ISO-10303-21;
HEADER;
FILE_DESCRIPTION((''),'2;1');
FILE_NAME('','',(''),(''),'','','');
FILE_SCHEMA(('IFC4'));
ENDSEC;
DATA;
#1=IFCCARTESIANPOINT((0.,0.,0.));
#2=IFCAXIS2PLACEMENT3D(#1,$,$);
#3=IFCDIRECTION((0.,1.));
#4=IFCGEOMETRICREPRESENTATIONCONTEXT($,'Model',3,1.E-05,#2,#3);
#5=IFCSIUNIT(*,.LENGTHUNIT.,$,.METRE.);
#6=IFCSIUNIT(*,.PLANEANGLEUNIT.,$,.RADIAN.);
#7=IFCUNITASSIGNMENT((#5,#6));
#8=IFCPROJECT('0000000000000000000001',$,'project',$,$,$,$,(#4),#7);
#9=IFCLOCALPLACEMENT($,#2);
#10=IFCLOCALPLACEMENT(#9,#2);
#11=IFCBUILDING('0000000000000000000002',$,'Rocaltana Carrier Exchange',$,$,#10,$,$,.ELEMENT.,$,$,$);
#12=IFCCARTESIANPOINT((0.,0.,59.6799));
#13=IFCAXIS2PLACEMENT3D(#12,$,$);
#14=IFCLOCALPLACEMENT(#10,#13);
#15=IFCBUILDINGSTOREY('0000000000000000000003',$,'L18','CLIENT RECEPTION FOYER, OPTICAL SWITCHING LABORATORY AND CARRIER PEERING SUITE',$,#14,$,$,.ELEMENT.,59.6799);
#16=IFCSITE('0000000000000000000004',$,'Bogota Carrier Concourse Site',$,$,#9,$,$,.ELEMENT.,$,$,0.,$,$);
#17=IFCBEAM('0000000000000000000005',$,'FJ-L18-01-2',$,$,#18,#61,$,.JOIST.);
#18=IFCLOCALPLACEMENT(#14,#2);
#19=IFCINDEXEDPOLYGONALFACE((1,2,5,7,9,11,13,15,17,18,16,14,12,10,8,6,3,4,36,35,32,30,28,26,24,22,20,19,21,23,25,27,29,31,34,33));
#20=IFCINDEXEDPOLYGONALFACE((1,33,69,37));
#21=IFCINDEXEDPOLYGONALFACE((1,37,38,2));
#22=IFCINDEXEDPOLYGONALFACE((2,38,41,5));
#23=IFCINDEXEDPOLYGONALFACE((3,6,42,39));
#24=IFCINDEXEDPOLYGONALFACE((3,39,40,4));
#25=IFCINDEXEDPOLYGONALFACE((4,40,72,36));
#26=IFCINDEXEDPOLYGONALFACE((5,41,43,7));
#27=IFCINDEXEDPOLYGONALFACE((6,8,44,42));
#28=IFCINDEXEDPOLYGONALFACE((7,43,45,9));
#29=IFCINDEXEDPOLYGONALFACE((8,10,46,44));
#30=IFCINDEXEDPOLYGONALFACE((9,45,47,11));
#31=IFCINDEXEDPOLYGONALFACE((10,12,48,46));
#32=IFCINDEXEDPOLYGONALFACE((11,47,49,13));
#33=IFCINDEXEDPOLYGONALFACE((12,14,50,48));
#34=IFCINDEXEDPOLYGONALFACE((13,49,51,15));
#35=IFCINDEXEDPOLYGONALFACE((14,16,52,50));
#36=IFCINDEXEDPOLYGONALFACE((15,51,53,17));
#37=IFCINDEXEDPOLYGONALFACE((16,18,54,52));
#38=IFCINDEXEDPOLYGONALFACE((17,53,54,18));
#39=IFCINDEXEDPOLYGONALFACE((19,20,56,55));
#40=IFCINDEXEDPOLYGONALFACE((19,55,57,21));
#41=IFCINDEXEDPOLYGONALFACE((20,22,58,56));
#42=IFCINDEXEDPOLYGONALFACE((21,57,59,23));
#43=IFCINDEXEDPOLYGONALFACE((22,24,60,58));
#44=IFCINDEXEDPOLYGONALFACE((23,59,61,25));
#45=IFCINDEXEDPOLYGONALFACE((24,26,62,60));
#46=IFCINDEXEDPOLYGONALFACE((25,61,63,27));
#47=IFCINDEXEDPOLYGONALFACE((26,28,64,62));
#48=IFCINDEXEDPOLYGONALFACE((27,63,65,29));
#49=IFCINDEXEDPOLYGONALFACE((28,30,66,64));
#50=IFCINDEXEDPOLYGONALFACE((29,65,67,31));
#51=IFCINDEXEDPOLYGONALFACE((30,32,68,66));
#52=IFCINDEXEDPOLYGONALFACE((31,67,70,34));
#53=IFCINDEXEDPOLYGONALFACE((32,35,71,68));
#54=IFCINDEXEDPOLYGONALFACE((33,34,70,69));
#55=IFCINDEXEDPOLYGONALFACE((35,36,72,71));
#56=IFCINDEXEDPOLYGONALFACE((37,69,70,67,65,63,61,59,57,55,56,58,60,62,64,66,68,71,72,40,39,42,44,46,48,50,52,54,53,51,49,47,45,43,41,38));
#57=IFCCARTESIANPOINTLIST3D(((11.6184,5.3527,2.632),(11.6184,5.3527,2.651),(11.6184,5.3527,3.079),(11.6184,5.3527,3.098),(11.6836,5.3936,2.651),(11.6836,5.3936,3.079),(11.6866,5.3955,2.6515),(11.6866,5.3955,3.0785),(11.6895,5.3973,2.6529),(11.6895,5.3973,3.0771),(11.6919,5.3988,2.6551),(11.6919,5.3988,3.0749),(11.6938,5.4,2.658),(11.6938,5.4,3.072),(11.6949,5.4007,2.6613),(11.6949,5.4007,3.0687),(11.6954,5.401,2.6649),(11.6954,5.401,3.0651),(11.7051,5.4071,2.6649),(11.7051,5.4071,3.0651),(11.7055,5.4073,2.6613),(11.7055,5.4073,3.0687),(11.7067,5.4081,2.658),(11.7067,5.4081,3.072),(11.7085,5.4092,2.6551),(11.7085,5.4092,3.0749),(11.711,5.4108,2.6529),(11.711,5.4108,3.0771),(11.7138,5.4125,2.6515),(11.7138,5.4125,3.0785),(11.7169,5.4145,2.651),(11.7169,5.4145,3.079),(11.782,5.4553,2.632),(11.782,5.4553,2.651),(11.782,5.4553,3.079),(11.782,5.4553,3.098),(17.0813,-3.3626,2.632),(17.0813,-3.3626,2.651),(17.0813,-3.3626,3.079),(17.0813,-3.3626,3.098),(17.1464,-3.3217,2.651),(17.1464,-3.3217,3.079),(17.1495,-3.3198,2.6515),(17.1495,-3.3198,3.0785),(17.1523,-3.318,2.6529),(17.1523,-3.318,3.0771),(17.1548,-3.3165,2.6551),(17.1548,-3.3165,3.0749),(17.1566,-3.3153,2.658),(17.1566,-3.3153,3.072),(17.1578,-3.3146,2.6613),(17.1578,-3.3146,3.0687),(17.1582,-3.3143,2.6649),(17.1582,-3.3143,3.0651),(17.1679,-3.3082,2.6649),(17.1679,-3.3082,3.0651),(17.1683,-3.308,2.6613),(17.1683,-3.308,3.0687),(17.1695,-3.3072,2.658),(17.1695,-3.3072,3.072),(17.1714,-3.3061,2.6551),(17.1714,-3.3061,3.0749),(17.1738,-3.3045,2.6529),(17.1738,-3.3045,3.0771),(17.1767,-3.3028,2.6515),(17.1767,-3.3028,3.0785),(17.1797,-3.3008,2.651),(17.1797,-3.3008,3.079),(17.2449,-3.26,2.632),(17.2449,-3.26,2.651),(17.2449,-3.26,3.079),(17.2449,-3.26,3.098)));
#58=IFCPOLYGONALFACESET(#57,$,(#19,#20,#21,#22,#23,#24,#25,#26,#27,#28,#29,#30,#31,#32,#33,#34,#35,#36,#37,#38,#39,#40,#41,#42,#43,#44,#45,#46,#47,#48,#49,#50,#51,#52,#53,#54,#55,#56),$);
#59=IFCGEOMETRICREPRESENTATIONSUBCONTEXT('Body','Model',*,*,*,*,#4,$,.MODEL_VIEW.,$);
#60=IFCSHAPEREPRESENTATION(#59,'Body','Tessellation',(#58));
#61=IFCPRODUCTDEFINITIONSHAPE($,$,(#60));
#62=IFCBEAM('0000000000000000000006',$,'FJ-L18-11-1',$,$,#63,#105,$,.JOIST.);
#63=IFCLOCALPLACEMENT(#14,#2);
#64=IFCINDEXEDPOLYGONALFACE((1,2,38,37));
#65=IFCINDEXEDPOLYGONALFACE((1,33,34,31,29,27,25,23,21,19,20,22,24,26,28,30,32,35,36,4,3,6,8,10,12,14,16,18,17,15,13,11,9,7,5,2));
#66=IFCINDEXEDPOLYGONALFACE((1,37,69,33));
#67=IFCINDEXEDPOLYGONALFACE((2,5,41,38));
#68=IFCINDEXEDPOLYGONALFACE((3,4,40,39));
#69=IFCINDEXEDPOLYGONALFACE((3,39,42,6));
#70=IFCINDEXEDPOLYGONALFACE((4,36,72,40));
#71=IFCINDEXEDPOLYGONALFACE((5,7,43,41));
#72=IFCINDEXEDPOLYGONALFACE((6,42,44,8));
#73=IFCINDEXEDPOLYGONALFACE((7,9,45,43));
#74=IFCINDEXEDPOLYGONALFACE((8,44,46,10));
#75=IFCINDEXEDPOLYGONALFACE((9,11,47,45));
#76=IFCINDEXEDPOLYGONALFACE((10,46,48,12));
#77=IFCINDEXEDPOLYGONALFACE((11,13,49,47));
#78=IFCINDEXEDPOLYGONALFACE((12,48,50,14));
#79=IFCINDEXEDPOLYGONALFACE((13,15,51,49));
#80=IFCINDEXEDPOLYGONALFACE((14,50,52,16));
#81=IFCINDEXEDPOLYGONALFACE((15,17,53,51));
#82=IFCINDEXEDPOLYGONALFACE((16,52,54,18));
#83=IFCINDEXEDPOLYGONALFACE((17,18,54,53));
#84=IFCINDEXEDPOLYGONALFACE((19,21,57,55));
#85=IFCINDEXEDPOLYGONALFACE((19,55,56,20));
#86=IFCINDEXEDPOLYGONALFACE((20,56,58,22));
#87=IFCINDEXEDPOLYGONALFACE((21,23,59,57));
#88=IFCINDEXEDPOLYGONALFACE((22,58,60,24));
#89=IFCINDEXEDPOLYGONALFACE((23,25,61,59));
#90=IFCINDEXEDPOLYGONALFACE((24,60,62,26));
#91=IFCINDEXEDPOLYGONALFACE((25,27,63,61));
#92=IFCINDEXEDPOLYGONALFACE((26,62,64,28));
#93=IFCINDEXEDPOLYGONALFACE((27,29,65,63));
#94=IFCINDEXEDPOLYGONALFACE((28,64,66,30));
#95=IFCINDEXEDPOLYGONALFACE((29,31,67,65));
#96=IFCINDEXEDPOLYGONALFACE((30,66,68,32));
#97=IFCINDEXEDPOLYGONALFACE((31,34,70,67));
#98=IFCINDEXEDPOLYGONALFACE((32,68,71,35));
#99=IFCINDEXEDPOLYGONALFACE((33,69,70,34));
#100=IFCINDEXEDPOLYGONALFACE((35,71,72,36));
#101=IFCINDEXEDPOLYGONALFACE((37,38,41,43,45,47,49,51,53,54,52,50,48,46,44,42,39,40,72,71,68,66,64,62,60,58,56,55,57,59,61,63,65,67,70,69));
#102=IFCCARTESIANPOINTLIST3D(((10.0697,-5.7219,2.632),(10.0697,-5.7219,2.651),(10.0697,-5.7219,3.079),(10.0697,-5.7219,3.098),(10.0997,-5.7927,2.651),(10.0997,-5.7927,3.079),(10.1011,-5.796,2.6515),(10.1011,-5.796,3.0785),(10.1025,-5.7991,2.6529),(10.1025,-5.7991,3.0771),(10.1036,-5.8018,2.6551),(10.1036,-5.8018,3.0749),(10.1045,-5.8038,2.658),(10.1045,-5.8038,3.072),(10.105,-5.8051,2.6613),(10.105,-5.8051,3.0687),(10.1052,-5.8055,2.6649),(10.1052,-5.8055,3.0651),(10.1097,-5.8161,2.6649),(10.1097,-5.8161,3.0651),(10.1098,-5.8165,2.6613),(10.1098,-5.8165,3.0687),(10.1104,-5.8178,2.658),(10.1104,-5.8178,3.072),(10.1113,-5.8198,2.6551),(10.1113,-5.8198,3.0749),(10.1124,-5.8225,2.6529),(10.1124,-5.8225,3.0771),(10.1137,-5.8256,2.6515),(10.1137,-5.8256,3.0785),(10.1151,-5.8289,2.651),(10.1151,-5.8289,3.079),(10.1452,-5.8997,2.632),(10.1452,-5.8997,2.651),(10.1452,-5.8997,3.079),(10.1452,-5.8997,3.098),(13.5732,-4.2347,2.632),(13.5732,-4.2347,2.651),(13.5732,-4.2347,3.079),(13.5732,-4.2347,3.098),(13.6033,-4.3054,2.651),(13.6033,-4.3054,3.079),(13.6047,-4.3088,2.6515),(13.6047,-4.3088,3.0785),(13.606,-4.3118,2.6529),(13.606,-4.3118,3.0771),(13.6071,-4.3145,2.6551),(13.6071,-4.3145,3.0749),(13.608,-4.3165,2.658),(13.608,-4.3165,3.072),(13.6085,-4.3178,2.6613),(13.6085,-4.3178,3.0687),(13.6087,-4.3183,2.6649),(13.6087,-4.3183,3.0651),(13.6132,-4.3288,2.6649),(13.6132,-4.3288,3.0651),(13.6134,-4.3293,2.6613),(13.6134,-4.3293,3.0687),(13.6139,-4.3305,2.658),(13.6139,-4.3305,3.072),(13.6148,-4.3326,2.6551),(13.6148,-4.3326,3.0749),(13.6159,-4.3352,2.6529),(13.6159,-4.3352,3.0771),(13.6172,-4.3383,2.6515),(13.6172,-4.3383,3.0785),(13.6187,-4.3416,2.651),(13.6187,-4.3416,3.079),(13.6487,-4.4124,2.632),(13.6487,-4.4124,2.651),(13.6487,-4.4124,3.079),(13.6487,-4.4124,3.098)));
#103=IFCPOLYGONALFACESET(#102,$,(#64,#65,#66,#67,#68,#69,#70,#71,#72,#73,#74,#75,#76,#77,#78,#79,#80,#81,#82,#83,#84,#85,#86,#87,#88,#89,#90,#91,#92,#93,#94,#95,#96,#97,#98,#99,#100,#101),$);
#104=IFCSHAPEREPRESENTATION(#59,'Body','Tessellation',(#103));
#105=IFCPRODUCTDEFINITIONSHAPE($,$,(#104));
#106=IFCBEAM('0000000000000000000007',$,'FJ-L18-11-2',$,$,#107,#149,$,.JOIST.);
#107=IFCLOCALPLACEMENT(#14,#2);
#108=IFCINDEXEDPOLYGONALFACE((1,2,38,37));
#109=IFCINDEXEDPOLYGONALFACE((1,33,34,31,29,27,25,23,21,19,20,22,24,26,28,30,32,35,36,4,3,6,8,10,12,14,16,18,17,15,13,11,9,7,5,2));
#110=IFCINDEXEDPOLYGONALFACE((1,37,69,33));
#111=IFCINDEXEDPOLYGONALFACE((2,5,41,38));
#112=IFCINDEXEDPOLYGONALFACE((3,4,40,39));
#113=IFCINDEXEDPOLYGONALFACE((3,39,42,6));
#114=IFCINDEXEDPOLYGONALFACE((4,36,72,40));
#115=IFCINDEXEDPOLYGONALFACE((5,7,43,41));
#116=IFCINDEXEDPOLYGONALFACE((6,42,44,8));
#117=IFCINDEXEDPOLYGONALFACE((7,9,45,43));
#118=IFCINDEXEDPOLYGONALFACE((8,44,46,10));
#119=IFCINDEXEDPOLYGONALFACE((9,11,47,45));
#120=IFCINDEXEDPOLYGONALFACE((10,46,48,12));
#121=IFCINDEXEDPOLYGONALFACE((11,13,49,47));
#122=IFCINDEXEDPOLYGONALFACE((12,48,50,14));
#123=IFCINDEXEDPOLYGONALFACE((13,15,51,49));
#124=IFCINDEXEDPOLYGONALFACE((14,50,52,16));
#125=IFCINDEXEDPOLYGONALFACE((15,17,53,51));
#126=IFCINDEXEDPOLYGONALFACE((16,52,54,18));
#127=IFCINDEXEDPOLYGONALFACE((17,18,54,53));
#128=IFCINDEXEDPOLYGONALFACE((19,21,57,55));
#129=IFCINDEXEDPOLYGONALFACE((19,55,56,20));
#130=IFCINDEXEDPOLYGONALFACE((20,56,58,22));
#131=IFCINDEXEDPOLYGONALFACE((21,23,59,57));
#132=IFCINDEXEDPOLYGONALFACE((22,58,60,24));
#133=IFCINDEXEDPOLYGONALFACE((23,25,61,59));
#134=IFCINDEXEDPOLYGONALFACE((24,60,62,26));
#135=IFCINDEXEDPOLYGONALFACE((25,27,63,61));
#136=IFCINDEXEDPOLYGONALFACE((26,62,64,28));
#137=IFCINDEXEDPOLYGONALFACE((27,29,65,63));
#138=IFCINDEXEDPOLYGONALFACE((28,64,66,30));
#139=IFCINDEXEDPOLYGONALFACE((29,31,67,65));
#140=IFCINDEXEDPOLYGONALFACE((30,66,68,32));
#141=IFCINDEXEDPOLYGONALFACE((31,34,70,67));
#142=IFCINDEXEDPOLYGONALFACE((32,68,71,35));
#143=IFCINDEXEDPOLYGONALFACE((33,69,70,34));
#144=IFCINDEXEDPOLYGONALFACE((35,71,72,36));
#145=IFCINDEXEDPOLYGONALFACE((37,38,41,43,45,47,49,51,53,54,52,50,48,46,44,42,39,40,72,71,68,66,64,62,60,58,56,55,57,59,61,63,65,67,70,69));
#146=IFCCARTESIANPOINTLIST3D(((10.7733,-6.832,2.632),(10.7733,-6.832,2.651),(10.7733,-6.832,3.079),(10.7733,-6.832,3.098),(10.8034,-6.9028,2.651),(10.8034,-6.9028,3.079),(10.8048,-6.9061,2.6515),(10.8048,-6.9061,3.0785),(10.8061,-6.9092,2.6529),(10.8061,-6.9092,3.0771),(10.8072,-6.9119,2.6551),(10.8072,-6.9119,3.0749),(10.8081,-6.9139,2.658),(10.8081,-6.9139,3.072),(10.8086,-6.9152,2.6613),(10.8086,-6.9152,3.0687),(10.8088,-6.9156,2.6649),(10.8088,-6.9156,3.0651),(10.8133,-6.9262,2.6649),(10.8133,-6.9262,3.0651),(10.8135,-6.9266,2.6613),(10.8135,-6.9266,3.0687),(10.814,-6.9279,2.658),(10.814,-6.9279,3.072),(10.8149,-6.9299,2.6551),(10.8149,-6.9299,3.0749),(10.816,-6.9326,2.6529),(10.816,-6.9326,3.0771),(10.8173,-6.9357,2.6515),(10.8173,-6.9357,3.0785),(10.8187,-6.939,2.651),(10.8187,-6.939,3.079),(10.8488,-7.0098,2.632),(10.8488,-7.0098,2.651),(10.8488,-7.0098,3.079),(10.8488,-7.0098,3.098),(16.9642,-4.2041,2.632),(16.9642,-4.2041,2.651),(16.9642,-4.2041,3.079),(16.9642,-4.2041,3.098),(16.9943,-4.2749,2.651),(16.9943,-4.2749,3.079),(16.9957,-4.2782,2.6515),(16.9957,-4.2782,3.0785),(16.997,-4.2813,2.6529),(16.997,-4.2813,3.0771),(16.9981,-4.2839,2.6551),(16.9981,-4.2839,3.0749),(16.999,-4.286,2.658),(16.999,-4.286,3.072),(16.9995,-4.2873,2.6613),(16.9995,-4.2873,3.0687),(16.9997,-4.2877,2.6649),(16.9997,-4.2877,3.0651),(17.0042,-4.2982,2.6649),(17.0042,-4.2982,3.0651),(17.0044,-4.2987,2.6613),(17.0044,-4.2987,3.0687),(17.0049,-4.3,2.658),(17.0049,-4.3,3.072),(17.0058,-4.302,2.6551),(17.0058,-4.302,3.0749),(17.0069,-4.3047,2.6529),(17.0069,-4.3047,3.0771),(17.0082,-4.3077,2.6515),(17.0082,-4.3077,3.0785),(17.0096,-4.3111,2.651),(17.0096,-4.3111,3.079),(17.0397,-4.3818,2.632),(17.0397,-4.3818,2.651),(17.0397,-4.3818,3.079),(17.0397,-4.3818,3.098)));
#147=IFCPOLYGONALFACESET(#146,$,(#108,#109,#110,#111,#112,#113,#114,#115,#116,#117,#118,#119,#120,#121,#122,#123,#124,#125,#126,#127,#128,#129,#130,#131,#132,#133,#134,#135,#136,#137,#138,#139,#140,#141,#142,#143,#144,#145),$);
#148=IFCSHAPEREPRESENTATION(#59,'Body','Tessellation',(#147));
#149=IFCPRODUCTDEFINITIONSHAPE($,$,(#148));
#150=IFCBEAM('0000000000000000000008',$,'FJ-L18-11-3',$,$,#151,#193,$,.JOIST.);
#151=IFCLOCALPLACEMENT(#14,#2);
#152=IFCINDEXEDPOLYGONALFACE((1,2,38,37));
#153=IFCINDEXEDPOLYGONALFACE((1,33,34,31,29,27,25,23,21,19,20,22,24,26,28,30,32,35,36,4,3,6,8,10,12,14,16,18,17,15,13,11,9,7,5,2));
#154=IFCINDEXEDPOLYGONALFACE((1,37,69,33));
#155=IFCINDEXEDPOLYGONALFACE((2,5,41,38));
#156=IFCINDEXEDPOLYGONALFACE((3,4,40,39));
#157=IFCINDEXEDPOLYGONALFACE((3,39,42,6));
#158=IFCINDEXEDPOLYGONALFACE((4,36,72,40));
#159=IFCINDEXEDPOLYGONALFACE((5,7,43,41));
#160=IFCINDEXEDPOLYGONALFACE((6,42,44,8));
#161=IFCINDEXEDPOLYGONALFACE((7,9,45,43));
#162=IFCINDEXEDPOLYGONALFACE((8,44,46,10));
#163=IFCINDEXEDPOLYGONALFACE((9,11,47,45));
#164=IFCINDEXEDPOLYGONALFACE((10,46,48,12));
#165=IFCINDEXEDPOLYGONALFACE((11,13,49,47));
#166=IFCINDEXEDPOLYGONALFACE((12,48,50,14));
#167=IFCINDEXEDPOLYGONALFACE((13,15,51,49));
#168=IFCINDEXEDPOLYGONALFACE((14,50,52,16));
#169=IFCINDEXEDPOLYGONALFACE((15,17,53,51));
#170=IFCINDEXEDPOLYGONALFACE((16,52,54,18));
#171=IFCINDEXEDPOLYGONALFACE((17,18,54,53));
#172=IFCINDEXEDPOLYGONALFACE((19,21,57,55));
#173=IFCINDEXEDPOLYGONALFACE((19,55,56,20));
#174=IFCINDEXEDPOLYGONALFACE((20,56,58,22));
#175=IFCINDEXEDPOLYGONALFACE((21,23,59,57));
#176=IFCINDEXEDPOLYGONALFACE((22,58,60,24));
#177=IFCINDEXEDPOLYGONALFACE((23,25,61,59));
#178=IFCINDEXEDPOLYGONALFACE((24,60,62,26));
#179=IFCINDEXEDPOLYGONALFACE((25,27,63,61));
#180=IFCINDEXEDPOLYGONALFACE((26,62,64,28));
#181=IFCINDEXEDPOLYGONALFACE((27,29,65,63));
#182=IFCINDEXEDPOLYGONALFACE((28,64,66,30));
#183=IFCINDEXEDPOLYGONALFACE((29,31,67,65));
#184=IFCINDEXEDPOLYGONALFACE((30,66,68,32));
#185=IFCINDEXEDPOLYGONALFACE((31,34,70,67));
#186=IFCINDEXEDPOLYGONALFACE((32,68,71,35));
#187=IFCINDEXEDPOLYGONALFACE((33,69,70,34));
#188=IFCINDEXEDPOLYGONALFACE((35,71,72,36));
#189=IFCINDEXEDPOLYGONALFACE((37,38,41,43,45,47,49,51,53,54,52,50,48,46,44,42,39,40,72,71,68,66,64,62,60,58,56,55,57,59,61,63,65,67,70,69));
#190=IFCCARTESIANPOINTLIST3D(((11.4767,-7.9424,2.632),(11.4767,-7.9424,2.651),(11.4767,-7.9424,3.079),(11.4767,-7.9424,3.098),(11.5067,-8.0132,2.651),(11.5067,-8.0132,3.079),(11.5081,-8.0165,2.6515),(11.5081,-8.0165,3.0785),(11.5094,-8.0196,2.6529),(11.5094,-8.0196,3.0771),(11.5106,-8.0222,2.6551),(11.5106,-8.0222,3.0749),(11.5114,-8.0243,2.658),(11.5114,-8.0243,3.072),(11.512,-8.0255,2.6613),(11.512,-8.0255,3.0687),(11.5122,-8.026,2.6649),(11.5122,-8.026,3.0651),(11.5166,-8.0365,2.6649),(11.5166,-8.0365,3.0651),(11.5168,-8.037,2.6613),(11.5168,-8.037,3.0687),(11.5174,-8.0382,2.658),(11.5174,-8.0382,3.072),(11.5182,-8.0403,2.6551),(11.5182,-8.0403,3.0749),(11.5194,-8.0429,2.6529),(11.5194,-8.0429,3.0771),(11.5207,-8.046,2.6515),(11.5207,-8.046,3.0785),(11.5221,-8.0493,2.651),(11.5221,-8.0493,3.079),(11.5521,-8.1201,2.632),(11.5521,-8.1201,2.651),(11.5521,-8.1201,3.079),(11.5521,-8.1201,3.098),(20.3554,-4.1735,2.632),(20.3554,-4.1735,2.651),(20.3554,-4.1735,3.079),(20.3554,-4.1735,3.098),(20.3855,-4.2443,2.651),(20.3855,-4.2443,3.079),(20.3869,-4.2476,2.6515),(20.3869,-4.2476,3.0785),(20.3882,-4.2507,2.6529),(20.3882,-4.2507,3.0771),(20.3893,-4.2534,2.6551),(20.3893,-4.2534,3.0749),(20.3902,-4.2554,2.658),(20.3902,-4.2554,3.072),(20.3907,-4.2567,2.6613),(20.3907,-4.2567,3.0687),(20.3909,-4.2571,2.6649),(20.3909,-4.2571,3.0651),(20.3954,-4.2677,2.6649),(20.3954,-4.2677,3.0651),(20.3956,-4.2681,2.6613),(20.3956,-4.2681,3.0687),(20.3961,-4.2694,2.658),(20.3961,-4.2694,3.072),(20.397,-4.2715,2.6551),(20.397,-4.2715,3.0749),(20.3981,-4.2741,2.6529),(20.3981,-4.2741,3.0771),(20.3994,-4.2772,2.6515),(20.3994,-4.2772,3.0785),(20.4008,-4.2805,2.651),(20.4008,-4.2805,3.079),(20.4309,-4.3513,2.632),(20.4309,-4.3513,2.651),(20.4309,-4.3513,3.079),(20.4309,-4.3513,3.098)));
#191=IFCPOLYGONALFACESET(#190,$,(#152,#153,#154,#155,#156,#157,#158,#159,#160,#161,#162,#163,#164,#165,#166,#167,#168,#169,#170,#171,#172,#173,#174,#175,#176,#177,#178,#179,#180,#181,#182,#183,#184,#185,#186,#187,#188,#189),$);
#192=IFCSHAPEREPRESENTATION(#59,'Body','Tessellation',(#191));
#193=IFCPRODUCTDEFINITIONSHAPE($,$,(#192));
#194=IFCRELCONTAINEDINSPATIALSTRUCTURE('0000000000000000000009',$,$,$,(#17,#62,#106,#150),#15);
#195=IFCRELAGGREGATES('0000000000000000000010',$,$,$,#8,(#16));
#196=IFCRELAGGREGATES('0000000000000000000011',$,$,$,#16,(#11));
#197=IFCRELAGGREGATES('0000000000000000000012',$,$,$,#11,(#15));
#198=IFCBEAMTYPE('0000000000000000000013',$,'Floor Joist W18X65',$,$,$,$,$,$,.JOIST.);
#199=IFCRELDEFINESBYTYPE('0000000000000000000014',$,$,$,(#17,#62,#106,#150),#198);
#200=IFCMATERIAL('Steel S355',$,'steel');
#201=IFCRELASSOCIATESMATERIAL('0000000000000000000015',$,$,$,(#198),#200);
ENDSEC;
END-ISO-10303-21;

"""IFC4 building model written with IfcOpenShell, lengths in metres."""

from ifc_helpers import new_model, si_unit, direction, frame, origin, origin_2d, place, context, subcontext, project, spatial, i_section, extrude, material, material_profile, profile_set, type_object, element, save


model = new_model("IFC4")

# Units and contexts
model_context = context("Model", 3, precision=1e-05, world=origin(), true_north=direction((0.0, 1.0)))
body_context = subcontext(model_context, "Body", "Model", "MODEL_VIEW")
ifc_project = project(units=[si_unit("LENGTHUNIT", "METRE"), si_unit("PLANEANGLEUNIT", "RADIAN")], contexts=[model_context])

# Site, building, storey
site_placement = place(None, origin())
site = spatial("IfcSite", under=ifc_project, at=site_placement, Name="Bogota Carrier Concourse Site", CompositionType="ELEMENT", RefElevation=0.0)
building_placement = place(site_placement, origin())
building = spatial("IfcBuilding", under=site, at=building_placement, Name="Rocaltana Carrier Exchange", CompositionType="ELEMENT")
storey_placement = place(building_placement, frame((0.0, 0.0, 59.6799)))
storey = spatial("IfcBuildingStorey", under=building, at=storey_placement, Name="L18", Description="CLIENT RECEPTION FOYER, OPTICAL SWITCHING LABORATORY AND CARRIER PEERING SUITE", CompositionType="ELEMENT", Elevation=59.6799)

# Beams
ifc_material_1 = material(Name="Steel S355", Category="steel")
ifc_material_profile_1 = material_profile(ifc_material_1, i_section(OverallWidth=0.1931, OverallDepth=0.4661, WebThickness=0.0115, FlangeThickness=0.019, FilletRadius=0.0139, at=origin_2d()), Name="W18X65")
ifc_profile_set_1 = profile_set([ifc_material_profile_1], Name="Steel S355")
beam_type_1 = type_object("IfcBeamType", Name="Floor Joist W18X65", PredefinedType="JOIST", material=ifc_profile_set_1)
beam_1_placement = place(storey_placement, frame((17.1631, -3.3113, 2.865), z_axis=(-0.531104, 0.847307, 0.0), x_axis=(-0.847307, -0.531104, 0.0)))
element("IfcBeam", 1, at=beam_1_placement, inside=storey, type_object=beam_type_1, Name="FJ-L18-01-2", PredefinedType="JOIST", context=body_context, shape_type="SweptSolid", body=[
    extrude(i_section(OverallWidth=0.1931, OverallDepth=0.4661, WebThickness=0.0115, FlangeThickness=0.019, FilletRadius=0.0139, at=origin_2d()), origin(), (0.0, 0.0, 1.0), 10.2859),
])
beam_2_placement = place(storey_placement, frame((10.1074, -5.8108, 2.865), z_axis=(0.920497, 0.390751, 0.0), x_axis=(-0.390751, 0.920497, 0.0)))
element("IfcBeam", 2, at=beam_2_placement, inside=storey, type_object=beam_type_1, Name="FJ-L18-11-1", PredefinedType="JOIST", context=body_context, shape_type="SweptSolid", body=[
    extrude(i_section(OverallWidth=0.1931, OverallDepth=0.4661, WebThickness=0.0115, FlangeThickness=0.019, FilletRadius=0.0139, at=origin_2d()), origin(), (0.0, 0.0, 1.0), 3.8062),
])
beam_3_placement = place(storey_placement, frame((10.811, -6.9209, 2.865), z_axis=(0.920503, 0.390736, 0.0), x_axis=(-0.390736, 0.920503, 0.0)))
element("IfcBeam", 3, at=beam_3_placement, inside=storey, type_object=beam_type_1, Name="FJ-L18-11-2", PredefinedType="JOIST", context=body_context, shape_type="SweptSolid", body=[
    extrude(i_section(OverallWidth=0.1931, OverallDepth=0.4661, WebThickness=0.0115, FlangeThickness=0.019, FilletRadius=0.0139, at=origin_2d()), origin(), (0.0, 0.0, 1.0), 6.7256),
])
beam_4_placement = place(storey_placement, frame((11.5144, -8.0312, 2.865), z_axis=(0.920504, 0.390734, 0.0), x_axis=(-0.390734, 0.920504, 0.0)))
element("IfcBeam", 4, at=beam_4_placement, inside=storey, type_object=beam_type_1, Name="FJ-L18-11-3", PredefinedType="JOIST", context=body_context, shape_type="SweptSolid", body=[
    extrude(i_section(OverallWidth=0.1931, OverallDepth=0.4661, WebThickness=0.0115, FlangeThickness=0.019, FilletRadius=0.0139, at=origin_2d()), origin(), (0.0, 0.0, 1.0), 9.6455),
])

save(model, "model.ifc")
